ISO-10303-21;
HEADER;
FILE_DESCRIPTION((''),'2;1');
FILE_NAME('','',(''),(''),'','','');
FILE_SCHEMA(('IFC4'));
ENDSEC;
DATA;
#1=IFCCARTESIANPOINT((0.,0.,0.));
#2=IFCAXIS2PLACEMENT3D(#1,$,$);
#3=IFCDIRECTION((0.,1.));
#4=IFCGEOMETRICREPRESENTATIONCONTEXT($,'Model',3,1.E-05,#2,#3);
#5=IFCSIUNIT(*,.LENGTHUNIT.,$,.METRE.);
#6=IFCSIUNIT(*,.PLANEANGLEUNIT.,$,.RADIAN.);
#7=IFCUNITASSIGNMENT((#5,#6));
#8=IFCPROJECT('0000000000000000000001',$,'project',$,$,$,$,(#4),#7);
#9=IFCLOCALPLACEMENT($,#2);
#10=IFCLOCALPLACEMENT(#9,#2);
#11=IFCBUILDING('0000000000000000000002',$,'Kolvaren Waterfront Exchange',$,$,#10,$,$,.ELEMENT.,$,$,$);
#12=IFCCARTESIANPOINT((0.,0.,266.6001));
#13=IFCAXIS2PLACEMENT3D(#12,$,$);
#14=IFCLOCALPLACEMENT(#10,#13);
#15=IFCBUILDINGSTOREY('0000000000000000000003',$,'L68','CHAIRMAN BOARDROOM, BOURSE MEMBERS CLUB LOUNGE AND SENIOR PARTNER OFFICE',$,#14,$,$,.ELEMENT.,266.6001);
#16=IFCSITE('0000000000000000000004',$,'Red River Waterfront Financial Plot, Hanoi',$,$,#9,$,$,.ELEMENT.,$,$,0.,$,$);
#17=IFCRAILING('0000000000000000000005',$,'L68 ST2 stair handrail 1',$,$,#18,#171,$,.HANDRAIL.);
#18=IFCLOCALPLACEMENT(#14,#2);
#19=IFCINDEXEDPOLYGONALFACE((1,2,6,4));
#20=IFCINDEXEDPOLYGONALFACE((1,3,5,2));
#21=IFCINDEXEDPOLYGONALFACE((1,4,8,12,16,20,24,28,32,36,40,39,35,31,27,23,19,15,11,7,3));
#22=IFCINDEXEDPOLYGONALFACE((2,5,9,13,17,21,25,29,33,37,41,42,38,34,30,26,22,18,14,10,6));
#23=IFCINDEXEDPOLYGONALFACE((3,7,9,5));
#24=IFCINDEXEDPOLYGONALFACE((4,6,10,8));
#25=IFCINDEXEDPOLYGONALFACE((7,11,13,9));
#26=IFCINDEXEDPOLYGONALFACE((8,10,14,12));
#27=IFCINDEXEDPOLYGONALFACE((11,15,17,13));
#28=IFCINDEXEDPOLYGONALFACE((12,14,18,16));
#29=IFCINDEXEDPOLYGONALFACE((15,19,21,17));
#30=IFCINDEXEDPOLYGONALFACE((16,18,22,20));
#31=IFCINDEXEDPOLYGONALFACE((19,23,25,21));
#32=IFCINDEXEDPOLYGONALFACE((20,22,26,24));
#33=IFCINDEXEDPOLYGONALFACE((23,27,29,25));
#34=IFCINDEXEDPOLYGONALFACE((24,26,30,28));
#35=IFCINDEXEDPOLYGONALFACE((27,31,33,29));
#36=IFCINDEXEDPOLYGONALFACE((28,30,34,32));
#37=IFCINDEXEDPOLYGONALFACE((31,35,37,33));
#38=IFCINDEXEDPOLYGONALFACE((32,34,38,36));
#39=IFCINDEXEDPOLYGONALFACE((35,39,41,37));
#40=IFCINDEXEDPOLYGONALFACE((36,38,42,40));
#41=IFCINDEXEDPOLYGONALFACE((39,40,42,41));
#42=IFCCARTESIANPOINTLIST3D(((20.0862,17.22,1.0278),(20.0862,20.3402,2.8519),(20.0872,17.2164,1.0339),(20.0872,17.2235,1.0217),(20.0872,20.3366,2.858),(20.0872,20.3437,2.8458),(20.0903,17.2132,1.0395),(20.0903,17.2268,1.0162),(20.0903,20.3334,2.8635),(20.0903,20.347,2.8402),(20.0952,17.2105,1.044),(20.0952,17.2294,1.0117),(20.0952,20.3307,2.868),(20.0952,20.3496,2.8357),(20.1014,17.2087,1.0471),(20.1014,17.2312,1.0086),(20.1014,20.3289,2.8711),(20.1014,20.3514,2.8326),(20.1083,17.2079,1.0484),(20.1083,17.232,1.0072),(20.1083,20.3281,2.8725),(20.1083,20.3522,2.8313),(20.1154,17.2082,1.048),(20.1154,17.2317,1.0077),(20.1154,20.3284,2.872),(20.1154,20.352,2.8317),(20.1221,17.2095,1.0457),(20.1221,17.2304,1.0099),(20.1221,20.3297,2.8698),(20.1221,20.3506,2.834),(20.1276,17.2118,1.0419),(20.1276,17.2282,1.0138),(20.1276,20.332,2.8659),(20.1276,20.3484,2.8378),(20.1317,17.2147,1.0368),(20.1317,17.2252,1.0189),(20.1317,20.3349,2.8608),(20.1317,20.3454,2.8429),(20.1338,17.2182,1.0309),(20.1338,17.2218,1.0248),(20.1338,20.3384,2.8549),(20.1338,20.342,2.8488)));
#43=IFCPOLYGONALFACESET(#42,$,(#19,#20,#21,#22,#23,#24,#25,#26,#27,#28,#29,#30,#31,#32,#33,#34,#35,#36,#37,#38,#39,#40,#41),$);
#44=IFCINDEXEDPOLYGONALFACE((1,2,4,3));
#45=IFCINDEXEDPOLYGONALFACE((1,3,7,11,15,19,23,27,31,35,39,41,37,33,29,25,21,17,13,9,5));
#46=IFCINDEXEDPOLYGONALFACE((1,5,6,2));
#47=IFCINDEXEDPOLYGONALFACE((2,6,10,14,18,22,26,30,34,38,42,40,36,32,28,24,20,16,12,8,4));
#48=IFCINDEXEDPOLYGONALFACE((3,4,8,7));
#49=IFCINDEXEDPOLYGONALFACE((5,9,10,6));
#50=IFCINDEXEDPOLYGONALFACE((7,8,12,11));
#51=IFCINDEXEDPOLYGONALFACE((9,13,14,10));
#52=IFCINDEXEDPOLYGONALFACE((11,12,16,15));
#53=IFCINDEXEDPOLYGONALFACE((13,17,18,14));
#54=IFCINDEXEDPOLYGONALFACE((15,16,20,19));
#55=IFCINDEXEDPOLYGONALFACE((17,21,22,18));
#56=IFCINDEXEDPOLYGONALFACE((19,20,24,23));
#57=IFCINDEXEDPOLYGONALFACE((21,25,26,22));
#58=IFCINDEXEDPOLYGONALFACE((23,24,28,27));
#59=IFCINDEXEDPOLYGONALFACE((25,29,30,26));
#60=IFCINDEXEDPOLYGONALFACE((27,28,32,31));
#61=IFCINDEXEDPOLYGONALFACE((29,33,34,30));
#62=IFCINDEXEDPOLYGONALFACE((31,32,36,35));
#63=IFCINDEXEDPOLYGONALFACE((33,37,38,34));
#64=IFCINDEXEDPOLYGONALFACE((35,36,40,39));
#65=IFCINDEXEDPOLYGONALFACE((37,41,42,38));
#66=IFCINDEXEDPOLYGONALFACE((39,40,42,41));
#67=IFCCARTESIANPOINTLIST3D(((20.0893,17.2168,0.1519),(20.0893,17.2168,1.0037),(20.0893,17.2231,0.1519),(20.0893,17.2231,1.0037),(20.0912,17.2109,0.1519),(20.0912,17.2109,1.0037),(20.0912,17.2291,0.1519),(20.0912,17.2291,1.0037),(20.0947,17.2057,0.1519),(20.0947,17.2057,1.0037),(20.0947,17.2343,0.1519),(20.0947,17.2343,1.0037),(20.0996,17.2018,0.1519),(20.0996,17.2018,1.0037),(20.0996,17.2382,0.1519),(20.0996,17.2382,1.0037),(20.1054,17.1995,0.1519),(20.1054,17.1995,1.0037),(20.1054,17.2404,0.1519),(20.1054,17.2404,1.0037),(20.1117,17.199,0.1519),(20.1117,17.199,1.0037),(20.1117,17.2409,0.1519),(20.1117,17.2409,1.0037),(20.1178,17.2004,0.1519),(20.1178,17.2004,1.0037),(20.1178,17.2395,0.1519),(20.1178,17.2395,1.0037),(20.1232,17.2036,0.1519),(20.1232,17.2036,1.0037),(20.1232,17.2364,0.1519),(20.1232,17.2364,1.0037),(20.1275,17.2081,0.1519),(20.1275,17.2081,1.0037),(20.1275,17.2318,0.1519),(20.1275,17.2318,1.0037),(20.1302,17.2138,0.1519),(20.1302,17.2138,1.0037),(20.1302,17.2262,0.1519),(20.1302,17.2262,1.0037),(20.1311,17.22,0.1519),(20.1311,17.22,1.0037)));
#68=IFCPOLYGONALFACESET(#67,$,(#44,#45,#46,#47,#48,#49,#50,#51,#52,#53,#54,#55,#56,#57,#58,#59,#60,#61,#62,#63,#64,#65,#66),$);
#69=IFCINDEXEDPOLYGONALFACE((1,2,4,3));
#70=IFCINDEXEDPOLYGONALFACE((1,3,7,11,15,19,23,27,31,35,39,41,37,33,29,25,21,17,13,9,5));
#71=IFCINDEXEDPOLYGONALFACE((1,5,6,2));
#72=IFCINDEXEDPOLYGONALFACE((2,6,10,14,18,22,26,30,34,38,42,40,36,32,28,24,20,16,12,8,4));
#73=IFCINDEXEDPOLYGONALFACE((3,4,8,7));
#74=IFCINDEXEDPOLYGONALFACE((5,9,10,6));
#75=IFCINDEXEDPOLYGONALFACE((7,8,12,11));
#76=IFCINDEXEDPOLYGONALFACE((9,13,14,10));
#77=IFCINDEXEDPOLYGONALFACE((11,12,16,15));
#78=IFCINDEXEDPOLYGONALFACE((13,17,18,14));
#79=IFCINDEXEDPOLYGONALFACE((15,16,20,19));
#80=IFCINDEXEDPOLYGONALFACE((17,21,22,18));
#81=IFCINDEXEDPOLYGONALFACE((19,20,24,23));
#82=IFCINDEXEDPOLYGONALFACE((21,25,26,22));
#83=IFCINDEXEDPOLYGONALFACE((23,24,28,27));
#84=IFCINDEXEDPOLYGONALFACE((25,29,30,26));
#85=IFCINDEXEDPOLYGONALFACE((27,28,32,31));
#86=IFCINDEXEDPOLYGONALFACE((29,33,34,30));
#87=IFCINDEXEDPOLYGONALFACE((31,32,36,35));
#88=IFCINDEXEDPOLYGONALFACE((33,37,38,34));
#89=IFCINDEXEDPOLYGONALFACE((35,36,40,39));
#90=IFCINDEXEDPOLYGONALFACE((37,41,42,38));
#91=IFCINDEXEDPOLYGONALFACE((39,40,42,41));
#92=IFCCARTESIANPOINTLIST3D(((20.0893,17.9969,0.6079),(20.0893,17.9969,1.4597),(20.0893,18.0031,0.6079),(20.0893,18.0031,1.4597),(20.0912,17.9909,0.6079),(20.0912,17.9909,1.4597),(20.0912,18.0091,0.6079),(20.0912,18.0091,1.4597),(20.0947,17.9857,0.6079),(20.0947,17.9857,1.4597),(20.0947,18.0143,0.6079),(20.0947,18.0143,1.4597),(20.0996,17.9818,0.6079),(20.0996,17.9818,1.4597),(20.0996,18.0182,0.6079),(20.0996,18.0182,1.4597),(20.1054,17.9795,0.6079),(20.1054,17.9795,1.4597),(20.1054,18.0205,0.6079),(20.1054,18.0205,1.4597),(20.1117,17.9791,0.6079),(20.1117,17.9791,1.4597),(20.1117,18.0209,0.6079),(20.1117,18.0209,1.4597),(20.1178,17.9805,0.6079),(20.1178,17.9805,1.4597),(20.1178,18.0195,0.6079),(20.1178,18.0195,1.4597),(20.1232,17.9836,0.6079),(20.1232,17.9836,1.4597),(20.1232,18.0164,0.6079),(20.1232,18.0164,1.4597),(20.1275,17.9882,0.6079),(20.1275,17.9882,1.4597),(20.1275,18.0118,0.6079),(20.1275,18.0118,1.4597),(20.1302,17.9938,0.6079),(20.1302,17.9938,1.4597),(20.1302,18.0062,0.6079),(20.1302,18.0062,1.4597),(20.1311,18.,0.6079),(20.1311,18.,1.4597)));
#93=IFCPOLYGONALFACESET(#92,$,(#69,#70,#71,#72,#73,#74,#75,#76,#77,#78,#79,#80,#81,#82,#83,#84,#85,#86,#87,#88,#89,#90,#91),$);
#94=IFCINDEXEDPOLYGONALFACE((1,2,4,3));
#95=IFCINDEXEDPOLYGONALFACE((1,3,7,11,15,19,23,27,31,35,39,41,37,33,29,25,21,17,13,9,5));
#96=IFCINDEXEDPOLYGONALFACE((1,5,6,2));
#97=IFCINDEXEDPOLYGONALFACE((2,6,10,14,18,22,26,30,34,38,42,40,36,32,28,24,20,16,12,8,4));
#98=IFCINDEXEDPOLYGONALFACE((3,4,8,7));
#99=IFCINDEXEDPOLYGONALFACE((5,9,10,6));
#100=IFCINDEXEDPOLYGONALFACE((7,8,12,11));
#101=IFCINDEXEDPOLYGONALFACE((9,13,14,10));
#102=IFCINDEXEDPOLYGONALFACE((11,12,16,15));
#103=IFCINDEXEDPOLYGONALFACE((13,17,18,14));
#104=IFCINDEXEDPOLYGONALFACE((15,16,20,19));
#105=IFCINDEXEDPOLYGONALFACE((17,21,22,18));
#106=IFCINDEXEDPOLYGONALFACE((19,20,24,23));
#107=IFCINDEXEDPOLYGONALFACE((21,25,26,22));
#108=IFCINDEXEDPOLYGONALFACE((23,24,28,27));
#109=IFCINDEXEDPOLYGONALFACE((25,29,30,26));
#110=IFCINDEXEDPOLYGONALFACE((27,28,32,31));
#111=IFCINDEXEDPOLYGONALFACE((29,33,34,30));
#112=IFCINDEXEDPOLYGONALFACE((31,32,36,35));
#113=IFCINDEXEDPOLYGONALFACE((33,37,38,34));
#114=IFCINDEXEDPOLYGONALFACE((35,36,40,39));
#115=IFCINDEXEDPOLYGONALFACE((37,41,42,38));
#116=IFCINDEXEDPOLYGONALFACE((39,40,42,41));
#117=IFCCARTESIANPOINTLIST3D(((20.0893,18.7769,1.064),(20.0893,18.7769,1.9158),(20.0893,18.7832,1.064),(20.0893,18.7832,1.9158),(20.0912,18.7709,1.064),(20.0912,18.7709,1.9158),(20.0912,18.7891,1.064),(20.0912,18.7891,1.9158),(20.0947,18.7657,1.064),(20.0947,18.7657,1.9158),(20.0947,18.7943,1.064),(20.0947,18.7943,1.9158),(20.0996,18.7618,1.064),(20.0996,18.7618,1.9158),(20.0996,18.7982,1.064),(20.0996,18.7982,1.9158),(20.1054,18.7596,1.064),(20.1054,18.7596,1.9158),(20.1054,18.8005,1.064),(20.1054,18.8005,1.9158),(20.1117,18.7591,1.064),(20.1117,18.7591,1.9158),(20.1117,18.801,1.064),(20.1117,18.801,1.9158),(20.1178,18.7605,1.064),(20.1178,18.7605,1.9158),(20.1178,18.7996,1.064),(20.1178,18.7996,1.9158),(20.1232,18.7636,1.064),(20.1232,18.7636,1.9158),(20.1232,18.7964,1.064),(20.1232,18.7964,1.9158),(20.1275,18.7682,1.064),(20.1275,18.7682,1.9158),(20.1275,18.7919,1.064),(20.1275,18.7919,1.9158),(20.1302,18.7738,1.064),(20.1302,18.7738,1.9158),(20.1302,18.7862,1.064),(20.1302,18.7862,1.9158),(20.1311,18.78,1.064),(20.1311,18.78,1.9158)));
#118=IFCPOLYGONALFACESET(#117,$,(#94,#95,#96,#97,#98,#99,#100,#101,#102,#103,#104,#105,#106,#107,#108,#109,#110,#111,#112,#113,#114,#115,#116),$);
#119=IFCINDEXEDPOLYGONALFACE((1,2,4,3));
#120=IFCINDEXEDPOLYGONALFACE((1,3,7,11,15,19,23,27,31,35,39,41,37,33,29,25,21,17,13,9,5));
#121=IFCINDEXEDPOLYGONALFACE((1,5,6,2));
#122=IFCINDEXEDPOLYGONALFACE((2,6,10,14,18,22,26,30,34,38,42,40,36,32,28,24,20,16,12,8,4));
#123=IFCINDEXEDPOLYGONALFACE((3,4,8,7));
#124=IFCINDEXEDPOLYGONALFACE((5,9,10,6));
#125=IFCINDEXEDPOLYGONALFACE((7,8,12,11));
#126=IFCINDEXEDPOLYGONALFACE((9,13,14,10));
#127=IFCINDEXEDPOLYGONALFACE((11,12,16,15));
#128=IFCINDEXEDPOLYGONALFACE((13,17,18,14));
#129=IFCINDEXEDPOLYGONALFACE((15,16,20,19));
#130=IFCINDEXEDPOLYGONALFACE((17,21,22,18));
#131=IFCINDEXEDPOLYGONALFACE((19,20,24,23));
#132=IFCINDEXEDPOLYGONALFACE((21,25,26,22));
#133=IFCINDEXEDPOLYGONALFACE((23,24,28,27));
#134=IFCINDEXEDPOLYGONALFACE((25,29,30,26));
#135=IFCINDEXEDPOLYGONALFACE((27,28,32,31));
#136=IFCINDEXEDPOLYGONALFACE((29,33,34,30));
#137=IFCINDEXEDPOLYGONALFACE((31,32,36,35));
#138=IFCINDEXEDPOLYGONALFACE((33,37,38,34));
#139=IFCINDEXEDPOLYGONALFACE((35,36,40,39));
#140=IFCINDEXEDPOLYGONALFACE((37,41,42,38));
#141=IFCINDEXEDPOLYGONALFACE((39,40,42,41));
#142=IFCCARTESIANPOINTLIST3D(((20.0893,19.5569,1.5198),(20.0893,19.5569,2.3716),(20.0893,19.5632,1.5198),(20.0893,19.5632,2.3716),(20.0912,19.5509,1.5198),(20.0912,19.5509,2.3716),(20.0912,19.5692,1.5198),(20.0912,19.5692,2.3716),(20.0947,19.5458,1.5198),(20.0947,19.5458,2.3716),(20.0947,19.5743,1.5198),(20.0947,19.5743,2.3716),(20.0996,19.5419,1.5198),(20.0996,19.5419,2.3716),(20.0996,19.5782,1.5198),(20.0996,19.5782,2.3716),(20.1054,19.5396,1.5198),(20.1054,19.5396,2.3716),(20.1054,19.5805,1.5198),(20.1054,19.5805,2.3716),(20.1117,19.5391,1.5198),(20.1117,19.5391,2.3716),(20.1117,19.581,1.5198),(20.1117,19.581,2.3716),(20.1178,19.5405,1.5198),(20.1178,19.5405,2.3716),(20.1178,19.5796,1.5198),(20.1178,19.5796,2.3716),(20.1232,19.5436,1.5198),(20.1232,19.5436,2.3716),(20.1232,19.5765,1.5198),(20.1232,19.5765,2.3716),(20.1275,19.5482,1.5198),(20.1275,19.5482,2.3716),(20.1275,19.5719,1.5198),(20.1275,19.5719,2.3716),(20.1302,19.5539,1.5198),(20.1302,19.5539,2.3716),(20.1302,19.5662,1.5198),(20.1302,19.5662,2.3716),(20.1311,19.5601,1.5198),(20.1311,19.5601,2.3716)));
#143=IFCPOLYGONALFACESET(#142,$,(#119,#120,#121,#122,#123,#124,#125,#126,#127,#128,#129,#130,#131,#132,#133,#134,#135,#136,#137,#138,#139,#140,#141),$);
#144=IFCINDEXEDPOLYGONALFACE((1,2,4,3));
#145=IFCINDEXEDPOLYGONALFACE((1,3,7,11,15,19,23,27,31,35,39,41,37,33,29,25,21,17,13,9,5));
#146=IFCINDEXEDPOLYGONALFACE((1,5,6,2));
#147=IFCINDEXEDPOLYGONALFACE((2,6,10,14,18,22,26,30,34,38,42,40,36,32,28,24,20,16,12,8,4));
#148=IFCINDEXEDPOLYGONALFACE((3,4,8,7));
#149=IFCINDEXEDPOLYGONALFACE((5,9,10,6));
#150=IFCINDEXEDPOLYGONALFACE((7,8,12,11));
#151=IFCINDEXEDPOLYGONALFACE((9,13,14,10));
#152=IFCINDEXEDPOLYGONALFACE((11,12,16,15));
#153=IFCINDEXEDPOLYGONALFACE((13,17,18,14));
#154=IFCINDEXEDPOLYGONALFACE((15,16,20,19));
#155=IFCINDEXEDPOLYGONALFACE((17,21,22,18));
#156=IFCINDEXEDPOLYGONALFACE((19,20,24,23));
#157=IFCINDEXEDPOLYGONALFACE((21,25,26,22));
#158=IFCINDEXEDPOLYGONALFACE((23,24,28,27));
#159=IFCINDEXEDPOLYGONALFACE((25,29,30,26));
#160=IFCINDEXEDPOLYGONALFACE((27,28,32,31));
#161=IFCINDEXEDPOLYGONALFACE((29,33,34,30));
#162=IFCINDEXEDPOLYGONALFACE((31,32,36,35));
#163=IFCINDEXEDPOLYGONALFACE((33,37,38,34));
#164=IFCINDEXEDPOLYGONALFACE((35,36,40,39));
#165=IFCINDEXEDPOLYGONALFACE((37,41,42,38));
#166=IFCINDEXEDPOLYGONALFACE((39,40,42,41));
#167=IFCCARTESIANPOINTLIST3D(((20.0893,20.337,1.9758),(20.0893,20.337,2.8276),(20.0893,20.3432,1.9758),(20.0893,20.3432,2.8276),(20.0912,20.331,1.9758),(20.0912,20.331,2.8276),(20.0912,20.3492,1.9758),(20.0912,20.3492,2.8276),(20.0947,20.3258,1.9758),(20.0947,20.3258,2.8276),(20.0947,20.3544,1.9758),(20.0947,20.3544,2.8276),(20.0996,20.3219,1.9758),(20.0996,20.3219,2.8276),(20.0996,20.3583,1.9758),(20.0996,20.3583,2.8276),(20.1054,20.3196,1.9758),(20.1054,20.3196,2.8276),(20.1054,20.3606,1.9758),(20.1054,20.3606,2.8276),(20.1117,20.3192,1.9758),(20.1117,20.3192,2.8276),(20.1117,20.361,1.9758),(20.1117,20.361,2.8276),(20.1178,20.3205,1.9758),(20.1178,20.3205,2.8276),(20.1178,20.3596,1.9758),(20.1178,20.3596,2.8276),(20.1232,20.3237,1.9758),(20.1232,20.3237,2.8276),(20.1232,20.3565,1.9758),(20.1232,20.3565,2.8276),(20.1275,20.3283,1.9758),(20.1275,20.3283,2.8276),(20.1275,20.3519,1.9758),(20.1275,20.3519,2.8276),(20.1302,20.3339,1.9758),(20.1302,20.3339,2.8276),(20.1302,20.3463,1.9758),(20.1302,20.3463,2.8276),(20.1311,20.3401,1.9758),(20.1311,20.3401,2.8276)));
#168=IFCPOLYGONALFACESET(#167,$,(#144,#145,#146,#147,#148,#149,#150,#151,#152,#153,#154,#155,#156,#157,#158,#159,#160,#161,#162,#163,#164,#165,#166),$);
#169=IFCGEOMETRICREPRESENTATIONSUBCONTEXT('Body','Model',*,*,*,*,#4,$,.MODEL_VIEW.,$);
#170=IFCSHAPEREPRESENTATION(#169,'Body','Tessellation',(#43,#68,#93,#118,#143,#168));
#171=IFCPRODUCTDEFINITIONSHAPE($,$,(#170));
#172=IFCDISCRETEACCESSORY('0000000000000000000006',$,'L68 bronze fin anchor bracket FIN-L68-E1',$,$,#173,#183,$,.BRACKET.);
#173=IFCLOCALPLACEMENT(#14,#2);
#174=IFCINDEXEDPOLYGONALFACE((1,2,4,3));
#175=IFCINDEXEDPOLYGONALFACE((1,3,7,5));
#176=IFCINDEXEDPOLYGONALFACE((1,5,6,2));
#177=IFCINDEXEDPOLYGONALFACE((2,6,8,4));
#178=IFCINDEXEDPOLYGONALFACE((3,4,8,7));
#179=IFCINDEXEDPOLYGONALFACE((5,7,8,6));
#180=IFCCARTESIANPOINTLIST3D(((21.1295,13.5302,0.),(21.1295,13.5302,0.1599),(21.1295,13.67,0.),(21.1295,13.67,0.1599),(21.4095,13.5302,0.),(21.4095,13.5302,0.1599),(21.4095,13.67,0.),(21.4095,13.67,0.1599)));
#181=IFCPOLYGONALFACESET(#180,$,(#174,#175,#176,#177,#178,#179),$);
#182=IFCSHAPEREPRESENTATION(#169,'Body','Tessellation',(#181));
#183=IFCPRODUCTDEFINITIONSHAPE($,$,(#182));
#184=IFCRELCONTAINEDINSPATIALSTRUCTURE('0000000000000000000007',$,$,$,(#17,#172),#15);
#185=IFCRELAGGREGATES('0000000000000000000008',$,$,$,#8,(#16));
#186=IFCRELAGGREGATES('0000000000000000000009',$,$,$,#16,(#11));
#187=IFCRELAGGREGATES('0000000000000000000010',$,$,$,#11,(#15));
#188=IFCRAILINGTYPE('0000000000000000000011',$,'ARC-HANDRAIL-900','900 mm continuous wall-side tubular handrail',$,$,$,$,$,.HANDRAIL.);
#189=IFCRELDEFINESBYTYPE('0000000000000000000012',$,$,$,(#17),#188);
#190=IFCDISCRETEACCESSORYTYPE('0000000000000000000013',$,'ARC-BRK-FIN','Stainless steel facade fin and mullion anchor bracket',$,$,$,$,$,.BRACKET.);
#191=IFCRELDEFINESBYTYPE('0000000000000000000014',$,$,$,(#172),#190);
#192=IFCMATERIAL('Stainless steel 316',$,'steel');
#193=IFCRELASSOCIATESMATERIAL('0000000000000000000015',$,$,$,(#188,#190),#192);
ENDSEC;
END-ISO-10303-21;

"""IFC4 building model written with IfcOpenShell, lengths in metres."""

from ifc_helpers import new_model, si_unit, direction, frame, origin, origin_with_axes, origin_2d, place, context, subcontext, project, spatial, rectangle, circle, extrude, source, transform, mapped, material, type_object, element, save


model = new_model("IFC4")

# Units and contexts
model_context = context("Model", 3, precision=1e-05, world=origin(), true_north=direction((0.0, 1.0)))
body_context = subcontext(model_context, "Body", "Model", "MODEL_VIEW")
ifc_project = project(units=[si_unit("LENGTHUNIT", "METRE"), si_unit("PLANEANGLEUNIT", "RADIAN")], contexts=[model_context])

# Site, building, storey
site_placement = place(None, origin())
site = spatial("IfcSite", under=ifc_project, at=site_placement, Name="Red River Waterfront Financial Plot, Hanoi", CompositionType="ELEMENT", RefElevation=0.0)
building_placement = place(site_placement, origin())
building = spatial("IfcBuilding", under=site, at=building_placement, Name="Kolvaren Waterfront Exchange", CompositionType="ELEMENT")
storey_placement = place(building_placement, frame((0.0, 0.0, 266.6001)))
storey = spatial("IfcBuildingStorey", under=building, at=storey_placement, Name="L68", Description="CHAIRMAN BOARDROOM, BOURSE MEMBERS CLUB LOUNGE AND SENIOR PARTNER OFFICE", CompositionType="ELEMENT", Elevation=266.6001)

# Railing
ifc_material_1 = material(Name="Stainless steel 316", Category="steel")
railing_type_1 = type_object("IfcRailingType", Name="ARC-HANDRAIL-900", Description="900 mm continuous wall-side tubular handrail", PredefinedType="HANDRAIL", material=ifc_material_1)
railing_1_placement = place(storey_placement, frame((20.1101, 17.22, 0.1519)))
element("IfcRailing", 1, at=railing_1_placement, inside=storey, type_object=railing_type_1, Name="L68 ST2 stair handrail 1", PredefinedType="HANDRAIL", context=body_context, shape_type="SweptSolid", body=[
    extrude(circle(Radius=0.0239, at=origin_2d()), frame((0.0, 0.0, 0.876), z_axis=(0.0, 0.863308, 0.504677), x_axis=(-1.0, 0.0, 0.0)), (0.0, 0.0, 1.0), 3.6143),
    extrude(circle(Radius=0.021, at=origin_2d()), origin(), (0.0, 0.0, 1.0), 0.8518),
    extrude(circle(Radius=0.021, at=origin_2d()), frame((0.0, 0.78, 0.4561)), (0.0, 0.0, 1.0), 0.8518),
    extrude(circle(Radius=0.021, at=origin_2d()), frame((0.0, 1.5601, 0.9121)), (0.0, 0.0, 1.0), 0.8518),
    extrude(circle(Radius=0.021, at=origin_2d()), frame((0.0, 2.3401, 1.3679)), (0.0, 0.0, 1.0), 0.8518),
    extrude(circle(Radius=0.021, at=origin_2d()), frame((0.0, 3.1201, 1.824)), (0.0, 0.0, 1.0), 0.8518),
])

# Discrete accessory
discrete_accessory_type = type_object("IfcDiscreteAccessoryType", Name="ARC-BRK-FIN", Description="Stainless steel facade fin and mullion anchor bracket", PredefinedType="BRACKET", material=ifc_material_1)
shared_shape = source(origin_with_axes(), body_context, "Body", "SweptSolid", [
    extrude(rectangle(XDim=0.28, YDim=0.1399, at=origin_2d()), origin(), (0.0, 0.0, 1.0), 0.1599),
])
discrete_accessory_placement = place(storey_placement, frame((21.2695, 13.6001, 0.0), z_axis=(0.0, 0.0, 1.0), x_axis=(1.0, 0.0, 0.0)))
element("IfcDiscreteAccessory", 2, at=discrete_accessory_placement, inside=storey, type_object=discrete_accessory_type, Name="L68 bronze fin anchor bracket FIN-L68-E1", PredefinedType="BRACKET", context=body_context, shape_type="MappedRepresentation", body=[
    mapped(shared_shape, transform((0.0, 0.0, 0.0), x_axis=(1.0, 0.0, 0.0), y_axis=(0.0, 1.0, 0.0), z_axis=(0.0, 0.0, 1.0), scale=1.0)),
])

save(model, "model.ifc")
